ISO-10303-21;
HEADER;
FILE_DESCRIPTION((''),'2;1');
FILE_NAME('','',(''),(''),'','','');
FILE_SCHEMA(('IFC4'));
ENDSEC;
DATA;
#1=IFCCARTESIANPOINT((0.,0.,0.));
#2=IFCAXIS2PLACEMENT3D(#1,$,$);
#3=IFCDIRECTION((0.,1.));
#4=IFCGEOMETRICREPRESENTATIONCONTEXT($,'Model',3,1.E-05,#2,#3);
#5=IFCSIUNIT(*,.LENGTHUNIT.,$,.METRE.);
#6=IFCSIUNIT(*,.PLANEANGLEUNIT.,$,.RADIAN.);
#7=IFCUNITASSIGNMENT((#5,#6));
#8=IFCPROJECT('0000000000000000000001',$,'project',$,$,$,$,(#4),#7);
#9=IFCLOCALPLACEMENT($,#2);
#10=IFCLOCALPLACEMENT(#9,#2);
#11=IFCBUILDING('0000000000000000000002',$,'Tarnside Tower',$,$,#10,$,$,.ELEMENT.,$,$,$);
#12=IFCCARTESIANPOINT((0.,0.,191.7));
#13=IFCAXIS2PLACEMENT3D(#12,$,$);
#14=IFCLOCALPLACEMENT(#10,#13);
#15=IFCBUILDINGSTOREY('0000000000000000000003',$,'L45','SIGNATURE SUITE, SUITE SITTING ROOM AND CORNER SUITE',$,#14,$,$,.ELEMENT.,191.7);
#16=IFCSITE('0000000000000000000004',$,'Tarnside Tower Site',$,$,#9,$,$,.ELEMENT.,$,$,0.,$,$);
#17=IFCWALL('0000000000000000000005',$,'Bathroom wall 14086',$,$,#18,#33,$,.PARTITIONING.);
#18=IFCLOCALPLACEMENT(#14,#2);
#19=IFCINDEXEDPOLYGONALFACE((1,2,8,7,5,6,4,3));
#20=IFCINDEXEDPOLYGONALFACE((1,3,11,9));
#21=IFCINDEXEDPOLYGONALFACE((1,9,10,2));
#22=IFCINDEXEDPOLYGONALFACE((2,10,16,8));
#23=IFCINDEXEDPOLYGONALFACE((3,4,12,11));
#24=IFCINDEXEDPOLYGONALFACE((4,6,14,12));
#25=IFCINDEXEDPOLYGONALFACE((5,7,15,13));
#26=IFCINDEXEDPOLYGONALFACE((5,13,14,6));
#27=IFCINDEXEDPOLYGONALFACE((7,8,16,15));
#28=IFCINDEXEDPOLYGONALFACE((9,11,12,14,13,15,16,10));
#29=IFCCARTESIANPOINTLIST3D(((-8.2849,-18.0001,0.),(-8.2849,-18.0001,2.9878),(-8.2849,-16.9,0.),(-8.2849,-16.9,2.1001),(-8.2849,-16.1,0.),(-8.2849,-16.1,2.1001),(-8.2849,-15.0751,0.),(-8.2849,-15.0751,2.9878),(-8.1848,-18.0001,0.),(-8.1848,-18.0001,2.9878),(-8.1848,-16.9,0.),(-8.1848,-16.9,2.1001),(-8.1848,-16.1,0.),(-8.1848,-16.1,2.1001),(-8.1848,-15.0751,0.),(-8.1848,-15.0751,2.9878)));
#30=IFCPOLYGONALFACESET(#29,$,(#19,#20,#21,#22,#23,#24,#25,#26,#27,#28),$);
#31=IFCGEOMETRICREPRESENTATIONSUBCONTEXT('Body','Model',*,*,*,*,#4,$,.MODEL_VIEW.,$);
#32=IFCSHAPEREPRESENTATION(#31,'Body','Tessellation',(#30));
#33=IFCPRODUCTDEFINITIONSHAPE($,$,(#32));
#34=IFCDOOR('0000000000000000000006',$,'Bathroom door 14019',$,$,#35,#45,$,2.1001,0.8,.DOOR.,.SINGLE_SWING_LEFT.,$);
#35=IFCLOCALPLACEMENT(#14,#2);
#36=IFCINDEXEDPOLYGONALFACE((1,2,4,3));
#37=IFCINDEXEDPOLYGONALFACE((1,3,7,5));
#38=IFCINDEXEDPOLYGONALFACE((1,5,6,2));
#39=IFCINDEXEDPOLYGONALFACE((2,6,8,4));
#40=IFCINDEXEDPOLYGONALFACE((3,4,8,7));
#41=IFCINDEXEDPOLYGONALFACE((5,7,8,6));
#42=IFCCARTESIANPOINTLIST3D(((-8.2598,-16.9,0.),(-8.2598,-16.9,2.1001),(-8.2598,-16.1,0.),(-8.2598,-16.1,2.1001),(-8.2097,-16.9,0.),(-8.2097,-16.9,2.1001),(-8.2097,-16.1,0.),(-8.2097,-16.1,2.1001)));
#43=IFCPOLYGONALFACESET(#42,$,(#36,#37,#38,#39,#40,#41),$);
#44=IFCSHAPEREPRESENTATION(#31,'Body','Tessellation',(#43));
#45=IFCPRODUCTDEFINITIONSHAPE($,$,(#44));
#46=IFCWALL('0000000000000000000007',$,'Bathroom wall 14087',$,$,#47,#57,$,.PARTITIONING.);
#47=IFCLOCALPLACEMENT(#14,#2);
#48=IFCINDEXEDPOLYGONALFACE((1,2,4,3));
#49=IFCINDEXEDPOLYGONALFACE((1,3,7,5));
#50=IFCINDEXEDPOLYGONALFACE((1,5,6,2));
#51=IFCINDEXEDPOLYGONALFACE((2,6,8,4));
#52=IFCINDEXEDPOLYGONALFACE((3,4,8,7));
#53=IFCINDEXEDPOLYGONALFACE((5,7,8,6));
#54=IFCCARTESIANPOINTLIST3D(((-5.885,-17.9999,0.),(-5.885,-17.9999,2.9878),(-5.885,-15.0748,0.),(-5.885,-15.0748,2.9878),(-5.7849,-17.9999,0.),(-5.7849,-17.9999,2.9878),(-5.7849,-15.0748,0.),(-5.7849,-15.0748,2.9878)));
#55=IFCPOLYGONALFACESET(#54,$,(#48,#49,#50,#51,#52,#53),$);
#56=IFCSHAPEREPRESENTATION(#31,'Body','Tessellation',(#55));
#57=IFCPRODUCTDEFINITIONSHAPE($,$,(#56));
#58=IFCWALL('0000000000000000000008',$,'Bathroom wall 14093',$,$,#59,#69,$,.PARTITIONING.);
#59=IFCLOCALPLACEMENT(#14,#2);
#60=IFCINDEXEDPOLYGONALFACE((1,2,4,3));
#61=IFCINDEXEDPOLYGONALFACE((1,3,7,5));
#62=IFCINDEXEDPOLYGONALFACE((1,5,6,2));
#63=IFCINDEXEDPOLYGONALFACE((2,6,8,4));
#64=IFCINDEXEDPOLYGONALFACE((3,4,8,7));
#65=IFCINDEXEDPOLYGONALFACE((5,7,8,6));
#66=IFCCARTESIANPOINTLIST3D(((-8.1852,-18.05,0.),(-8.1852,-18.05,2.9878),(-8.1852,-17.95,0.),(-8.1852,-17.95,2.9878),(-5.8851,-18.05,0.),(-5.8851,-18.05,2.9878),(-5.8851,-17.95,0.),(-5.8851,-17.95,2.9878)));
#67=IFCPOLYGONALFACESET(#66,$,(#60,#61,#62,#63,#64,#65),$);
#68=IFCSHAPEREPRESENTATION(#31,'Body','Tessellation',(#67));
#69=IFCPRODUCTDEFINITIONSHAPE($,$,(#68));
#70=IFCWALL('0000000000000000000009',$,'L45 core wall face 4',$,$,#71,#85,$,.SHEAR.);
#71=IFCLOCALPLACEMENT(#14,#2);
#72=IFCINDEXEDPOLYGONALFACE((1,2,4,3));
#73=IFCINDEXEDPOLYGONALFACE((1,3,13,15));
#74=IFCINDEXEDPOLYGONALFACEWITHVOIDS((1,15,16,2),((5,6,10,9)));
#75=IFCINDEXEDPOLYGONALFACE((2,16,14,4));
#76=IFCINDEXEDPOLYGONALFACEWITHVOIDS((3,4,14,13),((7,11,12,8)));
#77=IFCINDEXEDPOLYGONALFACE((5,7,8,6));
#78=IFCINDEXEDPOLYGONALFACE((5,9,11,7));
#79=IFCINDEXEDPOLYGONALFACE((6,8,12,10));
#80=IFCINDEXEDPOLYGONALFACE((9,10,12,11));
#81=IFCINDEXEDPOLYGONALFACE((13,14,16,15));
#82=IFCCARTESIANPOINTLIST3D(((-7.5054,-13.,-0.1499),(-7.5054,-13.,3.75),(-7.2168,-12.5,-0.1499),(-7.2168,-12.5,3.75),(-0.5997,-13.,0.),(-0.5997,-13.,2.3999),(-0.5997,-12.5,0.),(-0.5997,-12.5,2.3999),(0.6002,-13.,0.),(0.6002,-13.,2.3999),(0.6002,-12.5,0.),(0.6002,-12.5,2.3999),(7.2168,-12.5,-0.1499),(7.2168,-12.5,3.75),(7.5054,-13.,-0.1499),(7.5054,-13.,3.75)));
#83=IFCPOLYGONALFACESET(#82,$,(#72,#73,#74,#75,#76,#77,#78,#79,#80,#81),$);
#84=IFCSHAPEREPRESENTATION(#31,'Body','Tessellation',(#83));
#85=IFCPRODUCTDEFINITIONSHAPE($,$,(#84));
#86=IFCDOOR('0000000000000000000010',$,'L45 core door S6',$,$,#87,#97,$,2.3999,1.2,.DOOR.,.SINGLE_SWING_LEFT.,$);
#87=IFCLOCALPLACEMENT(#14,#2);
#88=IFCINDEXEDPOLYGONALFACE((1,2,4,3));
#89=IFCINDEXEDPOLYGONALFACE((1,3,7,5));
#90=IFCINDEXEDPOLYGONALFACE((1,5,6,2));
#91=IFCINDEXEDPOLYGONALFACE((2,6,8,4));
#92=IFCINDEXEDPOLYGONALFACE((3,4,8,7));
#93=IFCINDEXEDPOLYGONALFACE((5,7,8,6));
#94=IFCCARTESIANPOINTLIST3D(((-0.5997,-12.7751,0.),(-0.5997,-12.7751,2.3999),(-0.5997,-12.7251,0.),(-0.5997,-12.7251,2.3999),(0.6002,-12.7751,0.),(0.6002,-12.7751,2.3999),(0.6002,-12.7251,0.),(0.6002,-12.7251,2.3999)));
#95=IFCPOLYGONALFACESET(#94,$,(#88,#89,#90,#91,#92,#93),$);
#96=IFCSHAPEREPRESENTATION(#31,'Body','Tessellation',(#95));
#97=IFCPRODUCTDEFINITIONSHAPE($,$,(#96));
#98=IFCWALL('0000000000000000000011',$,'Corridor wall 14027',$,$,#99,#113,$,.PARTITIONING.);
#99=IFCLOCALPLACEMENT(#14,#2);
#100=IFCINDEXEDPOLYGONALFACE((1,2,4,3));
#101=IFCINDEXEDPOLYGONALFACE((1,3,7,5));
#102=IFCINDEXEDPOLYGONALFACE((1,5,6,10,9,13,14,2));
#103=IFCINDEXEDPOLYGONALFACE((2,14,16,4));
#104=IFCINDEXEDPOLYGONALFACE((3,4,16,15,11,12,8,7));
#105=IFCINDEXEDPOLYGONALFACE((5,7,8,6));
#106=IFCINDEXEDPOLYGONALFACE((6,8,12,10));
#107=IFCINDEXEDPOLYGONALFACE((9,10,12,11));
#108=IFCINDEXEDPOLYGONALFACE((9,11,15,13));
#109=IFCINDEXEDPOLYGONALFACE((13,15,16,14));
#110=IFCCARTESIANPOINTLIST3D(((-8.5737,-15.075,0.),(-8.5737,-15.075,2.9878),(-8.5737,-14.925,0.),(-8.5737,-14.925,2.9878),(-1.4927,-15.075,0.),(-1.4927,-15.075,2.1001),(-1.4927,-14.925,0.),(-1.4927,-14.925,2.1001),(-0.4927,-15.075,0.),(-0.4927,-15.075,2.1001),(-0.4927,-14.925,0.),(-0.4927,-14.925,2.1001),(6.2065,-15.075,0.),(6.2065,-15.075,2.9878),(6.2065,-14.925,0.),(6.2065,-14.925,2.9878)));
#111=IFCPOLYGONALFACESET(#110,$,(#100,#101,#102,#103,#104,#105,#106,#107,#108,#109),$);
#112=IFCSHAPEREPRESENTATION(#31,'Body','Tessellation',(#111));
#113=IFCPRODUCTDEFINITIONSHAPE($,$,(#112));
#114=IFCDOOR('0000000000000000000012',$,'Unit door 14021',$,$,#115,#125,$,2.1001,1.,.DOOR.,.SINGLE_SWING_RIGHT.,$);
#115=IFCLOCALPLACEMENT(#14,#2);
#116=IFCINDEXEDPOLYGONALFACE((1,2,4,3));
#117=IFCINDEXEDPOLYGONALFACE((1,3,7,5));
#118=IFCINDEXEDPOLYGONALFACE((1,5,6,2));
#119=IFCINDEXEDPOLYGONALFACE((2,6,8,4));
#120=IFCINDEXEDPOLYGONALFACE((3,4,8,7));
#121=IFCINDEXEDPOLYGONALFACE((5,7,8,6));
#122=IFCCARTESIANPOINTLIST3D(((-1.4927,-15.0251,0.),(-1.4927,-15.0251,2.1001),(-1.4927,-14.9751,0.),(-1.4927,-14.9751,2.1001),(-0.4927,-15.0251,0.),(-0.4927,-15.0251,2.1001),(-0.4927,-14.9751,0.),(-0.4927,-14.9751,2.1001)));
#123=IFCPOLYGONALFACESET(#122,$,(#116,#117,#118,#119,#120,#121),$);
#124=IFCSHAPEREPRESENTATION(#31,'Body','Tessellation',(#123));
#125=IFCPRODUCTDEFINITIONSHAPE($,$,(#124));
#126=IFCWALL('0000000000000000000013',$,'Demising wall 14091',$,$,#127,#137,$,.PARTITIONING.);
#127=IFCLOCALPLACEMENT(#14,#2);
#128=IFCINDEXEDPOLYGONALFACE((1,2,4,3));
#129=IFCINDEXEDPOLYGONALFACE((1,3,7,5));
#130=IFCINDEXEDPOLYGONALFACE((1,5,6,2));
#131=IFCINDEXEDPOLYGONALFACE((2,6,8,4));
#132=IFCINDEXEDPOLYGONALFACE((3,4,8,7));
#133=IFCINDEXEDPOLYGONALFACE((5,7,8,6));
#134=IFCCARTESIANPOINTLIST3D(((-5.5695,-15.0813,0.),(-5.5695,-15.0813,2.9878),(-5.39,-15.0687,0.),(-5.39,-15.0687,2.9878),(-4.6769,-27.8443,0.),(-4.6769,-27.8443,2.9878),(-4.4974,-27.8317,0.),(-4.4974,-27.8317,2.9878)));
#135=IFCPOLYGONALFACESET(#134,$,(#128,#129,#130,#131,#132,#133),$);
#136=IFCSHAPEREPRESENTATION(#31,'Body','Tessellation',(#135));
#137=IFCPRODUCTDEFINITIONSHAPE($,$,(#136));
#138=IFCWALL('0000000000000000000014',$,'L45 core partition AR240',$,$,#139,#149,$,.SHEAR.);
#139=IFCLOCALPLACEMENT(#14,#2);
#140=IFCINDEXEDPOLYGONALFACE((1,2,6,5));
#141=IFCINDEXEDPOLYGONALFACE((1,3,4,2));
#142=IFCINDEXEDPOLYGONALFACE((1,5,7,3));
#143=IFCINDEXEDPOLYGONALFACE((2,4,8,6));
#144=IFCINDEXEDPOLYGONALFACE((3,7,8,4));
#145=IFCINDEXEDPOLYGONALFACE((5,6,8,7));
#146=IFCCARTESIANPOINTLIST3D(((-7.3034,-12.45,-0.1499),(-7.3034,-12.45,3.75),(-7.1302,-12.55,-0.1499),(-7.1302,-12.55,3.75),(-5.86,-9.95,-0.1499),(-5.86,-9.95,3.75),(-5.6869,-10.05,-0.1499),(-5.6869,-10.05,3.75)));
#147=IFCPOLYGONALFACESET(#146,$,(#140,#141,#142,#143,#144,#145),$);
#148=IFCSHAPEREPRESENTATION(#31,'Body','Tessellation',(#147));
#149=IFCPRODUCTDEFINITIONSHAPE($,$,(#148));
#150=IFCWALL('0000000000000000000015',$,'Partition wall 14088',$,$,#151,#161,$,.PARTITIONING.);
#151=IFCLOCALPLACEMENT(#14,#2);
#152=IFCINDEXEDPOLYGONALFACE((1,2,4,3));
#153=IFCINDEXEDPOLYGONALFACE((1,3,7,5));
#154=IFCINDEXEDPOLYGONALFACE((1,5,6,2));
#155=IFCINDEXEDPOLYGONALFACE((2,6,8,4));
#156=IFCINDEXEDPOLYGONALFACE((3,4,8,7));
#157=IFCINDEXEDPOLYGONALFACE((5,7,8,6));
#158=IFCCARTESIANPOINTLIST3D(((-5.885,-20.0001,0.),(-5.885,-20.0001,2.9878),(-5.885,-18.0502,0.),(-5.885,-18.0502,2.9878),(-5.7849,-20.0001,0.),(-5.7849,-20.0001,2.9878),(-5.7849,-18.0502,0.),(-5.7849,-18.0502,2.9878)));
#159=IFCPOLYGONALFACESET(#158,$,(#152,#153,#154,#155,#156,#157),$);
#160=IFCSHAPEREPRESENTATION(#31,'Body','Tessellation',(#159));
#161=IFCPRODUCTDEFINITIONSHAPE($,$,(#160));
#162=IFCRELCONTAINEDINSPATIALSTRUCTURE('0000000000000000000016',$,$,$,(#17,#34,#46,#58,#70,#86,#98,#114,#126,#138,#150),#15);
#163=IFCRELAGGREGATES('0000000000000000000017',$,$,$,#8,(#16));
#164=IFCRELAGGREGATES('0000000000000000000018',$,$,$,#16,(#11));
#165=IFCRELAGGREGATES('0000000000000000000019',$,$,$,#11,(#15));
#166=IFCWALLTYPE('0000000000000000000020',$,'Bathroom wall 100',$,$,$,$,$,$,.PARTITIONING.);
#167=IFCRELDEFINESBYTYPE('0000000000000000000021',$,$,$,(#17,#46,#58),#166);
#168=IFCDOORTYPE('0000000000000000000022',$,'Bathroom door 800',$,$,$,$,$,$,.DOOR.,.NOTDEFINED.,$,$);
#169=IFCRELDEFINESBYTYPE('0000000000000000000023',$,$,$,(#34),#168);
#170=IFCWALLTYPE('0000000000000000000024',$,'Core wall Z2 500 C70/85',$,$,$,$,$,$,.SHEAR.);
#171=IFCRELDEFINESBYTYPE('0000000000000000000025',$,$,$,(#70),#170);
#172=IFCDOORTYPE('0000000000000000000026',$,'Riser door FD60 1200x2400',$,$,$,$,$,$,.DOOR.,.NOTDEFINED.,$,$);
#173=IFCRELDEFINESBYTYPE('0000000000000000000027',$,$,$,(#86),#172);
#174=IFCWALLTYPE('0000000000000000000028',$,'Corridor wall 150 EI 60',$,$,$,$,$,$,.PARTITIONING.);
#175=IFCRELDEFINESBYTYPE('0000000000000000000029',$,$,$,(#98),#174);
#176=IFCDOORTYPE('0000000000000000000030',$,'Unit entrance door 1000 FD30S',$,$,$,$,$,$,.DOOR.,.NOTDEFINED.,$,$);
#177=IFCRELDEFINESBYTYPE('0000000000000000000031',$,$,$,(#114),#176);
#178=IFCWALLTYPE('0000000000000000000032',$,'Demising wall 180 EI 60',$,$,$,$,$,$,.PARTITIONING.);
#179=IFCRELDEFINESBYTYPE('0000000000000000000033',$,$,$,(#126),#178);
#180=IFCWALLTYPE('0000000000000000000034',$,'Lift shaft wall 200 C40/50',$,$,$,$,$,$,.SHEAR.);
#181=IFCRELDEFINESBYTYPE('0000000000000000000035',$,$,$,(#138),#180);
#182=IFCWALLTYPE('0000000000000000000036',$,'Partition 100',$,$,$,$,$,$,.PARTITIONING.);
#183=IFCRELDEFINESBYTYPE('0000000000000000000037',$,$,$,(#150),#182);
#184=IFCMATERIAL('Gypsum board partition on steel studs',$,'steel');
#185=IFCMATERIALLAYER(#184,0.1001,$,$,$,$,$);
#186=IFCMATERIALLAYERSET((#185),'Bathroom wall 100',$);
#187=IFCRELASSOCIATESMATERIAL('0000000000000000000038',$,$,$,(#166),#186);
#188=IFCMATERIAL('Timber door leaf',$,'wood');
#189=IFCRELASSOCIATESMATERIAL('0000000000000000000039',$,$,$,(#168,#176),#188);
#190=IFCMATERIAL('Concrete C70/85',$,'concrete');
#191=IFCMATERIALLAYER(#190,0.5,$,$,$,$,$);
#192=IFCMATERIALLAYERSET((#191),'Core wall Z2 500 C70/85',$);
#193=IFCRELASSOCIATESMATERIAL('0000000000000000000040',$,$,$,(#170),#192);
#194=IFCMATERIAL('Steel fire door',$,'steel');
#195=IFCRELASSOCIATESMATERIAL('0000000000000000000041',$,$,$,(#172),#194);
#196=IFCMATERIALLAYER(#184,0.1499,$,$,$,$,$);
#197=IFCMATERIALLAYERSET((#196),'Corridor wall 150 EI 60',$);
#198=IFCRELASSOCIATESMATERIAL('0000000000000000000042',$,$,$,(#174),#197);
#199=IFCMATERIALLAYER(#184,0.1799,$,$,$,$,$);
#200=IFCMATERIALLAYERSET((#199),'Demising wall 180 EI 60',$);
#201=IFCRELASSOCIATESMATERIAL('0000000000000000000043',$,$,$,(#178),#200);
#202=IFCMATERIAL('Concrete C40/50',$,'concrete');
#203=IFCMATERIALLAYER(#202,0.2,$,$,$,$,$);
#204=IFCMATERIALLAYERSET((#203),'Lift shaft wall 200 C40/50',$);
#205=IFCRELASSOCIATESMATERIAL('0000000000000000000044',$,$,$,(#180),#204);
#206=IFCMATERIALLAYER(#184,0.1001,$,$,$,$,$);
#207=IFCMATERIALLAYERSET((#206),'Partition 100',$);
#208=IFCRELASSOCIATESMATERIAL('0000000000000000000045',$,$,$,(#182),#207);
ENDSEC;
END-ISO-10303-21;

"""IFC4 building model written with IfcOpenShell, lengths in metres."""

from ifc_helpers import new_model, si_unit, direction, frame, frame_2d, origin, place, context, subcontext, project, spatial, polyline, rectangle, outline, extrude, material, layer, layer_set, type_object, element, fill, save


model = new_model("IFC4")

# Units and contexts
model_context = context("Model", 3, precision=1e-05, world=origin(), true_north=direction((0.0, 1.0)))
body_context = subcontext(model_context, "Body", "Model", "MODEL_VIEW")
ifc_project = project(units=[si_unit("LENGTHUNIT", "METRE"), si_unit("PLANEANGLEUNIT", "RADIAN")], contexts=[model_context])

# Site, building, storey
site_placement = place(None, origin())
site = spatial("IfcSite", under=ifc_project, at=site_placement, Name="Tarnside Tower Site", CompositionType="ELEMENT", RefElevation=0.0)
building_placement = place(site_placement, origin())
building = spatial("IfcBuilding", under=site, at=building_placement, Name="Tarnside Tower", CompositionType="ELEMENT")
storey_placement = place(building_placement, frame((0.0, 0.0, 191.7)))
storey = spatial("IfcBuildingStorey", under=building, at=storey_placement, Name="L45", Description="SIGNATURE SUITE, SUITE SITTING ROOM AND CORNER SUITE", CompositionType="ELEMENT", Elevation=191.7)

# Wall, opening, door
ifc_material_1 = material(Name="Gypsum board partition on steel studs", Category="steel")
ifc_layer_1 = layer(ifc_material_1, 0.1001)
ifc_layer_set_1 = layer_set([ifc_layer_1], Name="Bathroom wall 100")
wall_type_1 = type_object("IfcWallType", Name="Bathroom wall 100", PredefinedType="PARTITIONING", material=ifc_layer_set_1)
wall_1_placement = place(storey_placement, frame((-8.2349, -18.0, 0.0), z_axis=(0.0, 0.0, 1.0), x_axis=(0.0, 1.0, 0.0)))
wall_1 = element("IfcWall", 1, at=wall_1_placement, inside=storey, type_object=wall_type_1, Name="Bathroom wall 14086", PredefinedType="PARTITIONING", context=body_context, shape_type="SweptSolid", body=[
    extrude(rectangle(XDim=2.925, YDim=0.1001, at=frame_2d((1.4624, 0.0))), origin(), (0.0, 0.0, 1.0), 2.9878),
])
opening_1_placement = place(wall_1_placement, frame((1.1001, 0.0, 0.0)))
opening_1 = element("IfcOpeningElement", 2, at=opening_1_placement, cuts=wall_1, PredefinedType="OPENING", context=body_context, shape_type="SweptSolid", body=[
    extrude(rectangle(XDim=0.8, YDim=2.1001, at=frame_2d((0.3999, 1.05))), frame((0.0, 0.0601, 0.0), z_axis=(0.0, -1.0, 0.0), x_axis=(1.0, 0.0, 0.0)), (0.0, 0.0, 1.0), 0.1201),
])
ifc_material_2 = material(Name="Timber door leaf", Category="wood")
door_type_1 = type_object("IfcDoorType", Name="Bathroom door 800", OperationType="NOTDEFINED", PredefinedType="DOOR", material=ifc_material_2)
door_1_placement = place(opening_1_placement, origin())
door_1 = element("IfcDoor", 3, at=door_1_placement, inside=storey, type_object=door_type_1, Name="Bathroom door 14019", OperationType="SINGLE_SWING_LEFT", OverallHeight=2.1001, OverallWidth=0.8, PredefinedType="DOOR", context=body_context, shape_type="SweptSolid", body=[
    extrude(rectangle(XDim=0.8, YDim=2.1001, at=frame_2d((0.3999, 1.05))), frame((0.0, 0.0249, 0.0), z_axis=(0.0, -1.0, 0.0), x_axis=(1.0, 0.0, 0.0)), (0.0, 0.0, 1.0), 0.05),
])
fill(opening_1, door_1)

# Walls
wall_2_placement = place(storey_placement, frame((-5.835, -15.075, 0.0), z_axis=(0.0, 0.0, 1.0), x_axis=(0.0, -1.0, 0.0)))
element("IfcWall", 4, at=wall_2_placement, inside=storey, type_object=wall_type_1, Name="Bathroom wall 14087", PredefinedType="PARTITIONING", context=body_context, shape_type="SweptSolid", body=[
    extrude(rectangle(XDim=2.925, YDim=0.1001, at=frame_2d((1.4624, 0.0))), origin(), (0.0, 0.0, 1.0), 2.9878),
])
wall_3_placement = place(storey_placement, frame((-8.1851, -18.0, 0.0), z_axis=(0.0, 0.0, 1.0), x_axis=(1.0, 0.0, 0.0)))
element("IfcWall", 5, at=wall_3_placement, inside=storey, type_object=wall_type_1, Name="Bathroom wall 14093", PredefinedType="PARTITIONING", context=body_context, shape_type="SweptSolid", body=[
    extrude(rectangle(XDim=2.3, YDim=0.1001, at=frame_2d((1.1499, 0.0))), origin(), (0.0, 0.0, 1.0), 2.9878),
])

# Walls, openings, doors
ifc_material_3 = material(Name="Concrete C70/85", Category="concrete")
ifc_layer_2 = layer(ifc_material_3, 0.5)
ifc_layer_set_2 = layer_set([ifc_layer_2], Name="Core wall Z2 500 C70/85")
wall_type_2 = type_object("IfcWallType", Name="Core wall Z2 500 C70/85", PredefinedType="SHEAR", material=ifc_layer_set_2)
wall_4_placement = place(storey_placement, frame((-7.3611, -12.75, -0.1499), z_axis=(0.0, 0.0, 1.0), x_axis=(1.0, 0.0, 0.0)))
wall_4 = element("IfcWall", 6, at=wall_4_placement, inside=storey, type_object=wall_type_2, Name="L45 core wall face 4", PredefinedType="SHEAR", context=body_context, shape_type="SweptSolid", body=[
    extrude(outline(polyline([(-0.1443, -0.25), (14.8665, -0.25), (14.5779, 0.25), (0.1443, 0.25), (-0.1443, -0.25)])), origin(), (0.0, 0.0, 1.0), 3.8999),
])
opening_2_placement = place(wall_4_placement, frame((6.7612, 0.0, 0.1499)))
opening_2 = element("IfcOpeningElement", 7, at=opening_2_placement, cuts=wall_4, PredefinedType="OPENING", context=body_context, shape_type="SweptSolid", body=[
    extrude(rectangle(XDim=1.2, YDim=2.3999, at=frame_2d((0.6001, 1.2))), frame((0.0, 0.26, 0.0), z_axis=(0.0, -1.0, 0.0), x_axis=(1.0, 0.0, 0.0)), (0.0, 0.0, 1.0), 0.52),
])
ifc_material_4 = material(Name="Steel fire door", Category="steel")
door_type_2 = type_object("IfcDoorType", Name="Riser door FD60 1200x2400", OperationType="NOTDEFINED", PredefinedType="DOOR", material=ifc_material_4)
door_2_placement = place(opening_2_placement, origin())
door_2 = element("IfcDoor", 8, at=door_2_placement, inside=storey, type_object=door_type_2, Name="L45 core door S6", OperationType="SINGLE_SWING_LEFT", OverallHeight=2.3999, OverallWidth=1.2, PredefinedType="DOOR", context=body_context, shape_type="SweptSolid", body=[
    extrude(rectangle(XDim=1.2, YDim=2.3999, at=frame_2d((0.6001, 1.2))), frame((0.0, 0.0249, 0.0), z_axis=(0.0, -1.0, 0.0), x_axis=(1.0, 0.0, 0.0)), (0.0, 0.0, 1.0), 0.05),
])
fill(opening_2, door_2)
ifc_layer_3 = layer(ifc_material_1, 0.1499)
ifc_layer_set_3 = layer_set([ifc_layer_3], Name="Corridor wall 150 EI 60")
wall_type_3 = type_object("IfcWallType", Name="Corridor wall 150 EI 60", PredefinedType="PARTITIONING", material=ifc_layer_set_3)
wall_5_placement = place(storey_placement, frame((-8.5737, -15.0, 0.0), z_axis=(0.0, 0.0, 1.0), x_axis=(1.0, 0.0, 0.0)))
wall_5 = element("IfcWall", 9, at=wall_5_placement, inside=storey, type_object=wall_type_3, Name="Corridor wall 14027", PredefinedType="PARTITIONING", context=body_context, shape_type="SweptSolid", body=[
    extrude(rectangle(XDim=14.7803, YDim=0.1499, at=frame_2d((7.3901, 0.0))), origin(), (0.0, 0.0, 1.0), 2.9878),
])
opening_3_placement = place(wall_5_placement, frame((7.0811, 0.0, 0.0)))
opening_3 = element("IfcOpeningElement", 10, at=opening_3_placement, cuts=wall_5, PredefinedType="OPENING", context=body_context, shape_type="SweptSolid", body=[
    extrude(rectangle(XDim=1.0, YDim=2.1001, at=frame_2d((0.5, 1.05))), frame((0.0, 0.085, 0.0), z_axis=(0.0, -1.0, 0.0), x_axis=(1.0, 0.0, 0.0)), (0.0, 0.0, 1.0), 0.1699),
])
door_type_3 = type_object("IfcDoorType", Name="Unit entrance door 1000 FD30S", OperationType="NOTDEFINED", PredefinedType="DOOR", material=ifc_material_2)
door_3_placement = place(opening_3_placement, origin())
door_3 = element("IfcDoor", 11, at=door_3_placement, inside=storey, type_object=door_type_3, Name="Unit door 14021", OperationType="SINGLE_SWING_RIGHT", OverallHeight=2.1001, OverallWidth=1.0, PredefinedType="DOOR", context=body_context, shape_type="SweptSolid", body=[
    extrude(rectangle(XDim=1.0, YDim=2.1001, at=frame_2d((0.5, 1.05))), frame((0.0, 0.0249, 0.0), z_axis=(0.0, -1.0, 0.0), x_axis=(1.0, 0.0, 0.0)), (0.0, 0.0, 1.0), 0.05),
])
fill(opening_3, door_3)

# Walls
ifc_layer_4 = layer(ifc_material_1, 0.1799)
ifc_layer_set_4 = layer_set([ifc_layer_4], Name="Demising wall 180 EI 60")
wall_type_4 = type_object("IfcWallType", Name="Demising wall 180 EI 60", PredefinedType="PARTITIONING", material=ifc_layer_set_4)
wall_6_placement = place(storey_placement, frame((-4.5872, -27.8379, 0.0), z_axis=(0.0, 0.0, 1.0), x_axis=(-0.069765, 0.997563, 0.0)))
element("IfcWall", 12, at=wall_6_placement, inside=storey, type_object=wall_type_4, Name="Demising wall 14091", PredefinedType="PARTITIONING", context=body_context, shape_type="SweptSolid", body=[
    extrude(rectangle(XDim=12.7942, YDim=0.1799, at=frame_2d((6.397, 0.0))), origin(), (0.0, 0.0, 1.0), 2.9878),
])
ifc_material_5 = material(Name="Concrete C40/50", Category="concrete")
ifc_layer_5 = layer(ifc_material_5, 0.2)
ifc_layer_set_5 = layer_set([ifc_layer_5], Name="Lift shaft wall 200 C40/50")
wall_type_5 = type_object("IfcWallType", Name="Lift shaft wall 200 C40/50", PredefinedType="SHEAR", material=ifc_layer_set_5)
wall_7_placement = place(storey_placement, frame((-5.7734, -10.0, -0.1499), z_axis=(0.0, 0.0, 1.0), x_axis=(-0.499996, -0.866028, 0.0)))
element("IfcWall", 13, at=wall_7_placement, inside=storey, type_object=wall_type_5, Name="L45 core partition AR240", PredefinedType="SHEAR", context=body_context, shape_type="SweptSolid", body=[
    extrude(rectangle(XDim=2.8867, YDim=0.2, at=frame_2d((1.4434, 0.0))), origin(), (0.0, 0.0, 1.0), 3.8999),
])
ifc_layer_6 = layer(ifc_material_1, 0.1001)
ifc_layer_set_6 = layer_set([ifc_layer_6], Name="Partition 100")
wall_type_6 = type_object("IfcWallType", Name="Partition 100", PredefinedType="PARTITIONING", material=ifc_layer_set_6)
wall_8_placement = place(storey_placement, frame((-5.835, -18.05, 0.0), z_axis=(0.0, 0.0, 1.0), x_axis=(0.0, -1.0, 0.0)))
element("IfcWall", 14, at=wall_8_placement, inside=storey, type_object=wall_type_6, Name="Partition wall 14088", PredefinedType="PARTITIONING", context=body_context, shape_type="SweptSolid", body=[
    extrude(rectangle(XDim=1.95, YDim=0.1001, at=frame_2d((0.9751, 0.0))), origin(), (0.0, 0.0, 1.0), 2.9878),
])

save(model, "model.ifc")
